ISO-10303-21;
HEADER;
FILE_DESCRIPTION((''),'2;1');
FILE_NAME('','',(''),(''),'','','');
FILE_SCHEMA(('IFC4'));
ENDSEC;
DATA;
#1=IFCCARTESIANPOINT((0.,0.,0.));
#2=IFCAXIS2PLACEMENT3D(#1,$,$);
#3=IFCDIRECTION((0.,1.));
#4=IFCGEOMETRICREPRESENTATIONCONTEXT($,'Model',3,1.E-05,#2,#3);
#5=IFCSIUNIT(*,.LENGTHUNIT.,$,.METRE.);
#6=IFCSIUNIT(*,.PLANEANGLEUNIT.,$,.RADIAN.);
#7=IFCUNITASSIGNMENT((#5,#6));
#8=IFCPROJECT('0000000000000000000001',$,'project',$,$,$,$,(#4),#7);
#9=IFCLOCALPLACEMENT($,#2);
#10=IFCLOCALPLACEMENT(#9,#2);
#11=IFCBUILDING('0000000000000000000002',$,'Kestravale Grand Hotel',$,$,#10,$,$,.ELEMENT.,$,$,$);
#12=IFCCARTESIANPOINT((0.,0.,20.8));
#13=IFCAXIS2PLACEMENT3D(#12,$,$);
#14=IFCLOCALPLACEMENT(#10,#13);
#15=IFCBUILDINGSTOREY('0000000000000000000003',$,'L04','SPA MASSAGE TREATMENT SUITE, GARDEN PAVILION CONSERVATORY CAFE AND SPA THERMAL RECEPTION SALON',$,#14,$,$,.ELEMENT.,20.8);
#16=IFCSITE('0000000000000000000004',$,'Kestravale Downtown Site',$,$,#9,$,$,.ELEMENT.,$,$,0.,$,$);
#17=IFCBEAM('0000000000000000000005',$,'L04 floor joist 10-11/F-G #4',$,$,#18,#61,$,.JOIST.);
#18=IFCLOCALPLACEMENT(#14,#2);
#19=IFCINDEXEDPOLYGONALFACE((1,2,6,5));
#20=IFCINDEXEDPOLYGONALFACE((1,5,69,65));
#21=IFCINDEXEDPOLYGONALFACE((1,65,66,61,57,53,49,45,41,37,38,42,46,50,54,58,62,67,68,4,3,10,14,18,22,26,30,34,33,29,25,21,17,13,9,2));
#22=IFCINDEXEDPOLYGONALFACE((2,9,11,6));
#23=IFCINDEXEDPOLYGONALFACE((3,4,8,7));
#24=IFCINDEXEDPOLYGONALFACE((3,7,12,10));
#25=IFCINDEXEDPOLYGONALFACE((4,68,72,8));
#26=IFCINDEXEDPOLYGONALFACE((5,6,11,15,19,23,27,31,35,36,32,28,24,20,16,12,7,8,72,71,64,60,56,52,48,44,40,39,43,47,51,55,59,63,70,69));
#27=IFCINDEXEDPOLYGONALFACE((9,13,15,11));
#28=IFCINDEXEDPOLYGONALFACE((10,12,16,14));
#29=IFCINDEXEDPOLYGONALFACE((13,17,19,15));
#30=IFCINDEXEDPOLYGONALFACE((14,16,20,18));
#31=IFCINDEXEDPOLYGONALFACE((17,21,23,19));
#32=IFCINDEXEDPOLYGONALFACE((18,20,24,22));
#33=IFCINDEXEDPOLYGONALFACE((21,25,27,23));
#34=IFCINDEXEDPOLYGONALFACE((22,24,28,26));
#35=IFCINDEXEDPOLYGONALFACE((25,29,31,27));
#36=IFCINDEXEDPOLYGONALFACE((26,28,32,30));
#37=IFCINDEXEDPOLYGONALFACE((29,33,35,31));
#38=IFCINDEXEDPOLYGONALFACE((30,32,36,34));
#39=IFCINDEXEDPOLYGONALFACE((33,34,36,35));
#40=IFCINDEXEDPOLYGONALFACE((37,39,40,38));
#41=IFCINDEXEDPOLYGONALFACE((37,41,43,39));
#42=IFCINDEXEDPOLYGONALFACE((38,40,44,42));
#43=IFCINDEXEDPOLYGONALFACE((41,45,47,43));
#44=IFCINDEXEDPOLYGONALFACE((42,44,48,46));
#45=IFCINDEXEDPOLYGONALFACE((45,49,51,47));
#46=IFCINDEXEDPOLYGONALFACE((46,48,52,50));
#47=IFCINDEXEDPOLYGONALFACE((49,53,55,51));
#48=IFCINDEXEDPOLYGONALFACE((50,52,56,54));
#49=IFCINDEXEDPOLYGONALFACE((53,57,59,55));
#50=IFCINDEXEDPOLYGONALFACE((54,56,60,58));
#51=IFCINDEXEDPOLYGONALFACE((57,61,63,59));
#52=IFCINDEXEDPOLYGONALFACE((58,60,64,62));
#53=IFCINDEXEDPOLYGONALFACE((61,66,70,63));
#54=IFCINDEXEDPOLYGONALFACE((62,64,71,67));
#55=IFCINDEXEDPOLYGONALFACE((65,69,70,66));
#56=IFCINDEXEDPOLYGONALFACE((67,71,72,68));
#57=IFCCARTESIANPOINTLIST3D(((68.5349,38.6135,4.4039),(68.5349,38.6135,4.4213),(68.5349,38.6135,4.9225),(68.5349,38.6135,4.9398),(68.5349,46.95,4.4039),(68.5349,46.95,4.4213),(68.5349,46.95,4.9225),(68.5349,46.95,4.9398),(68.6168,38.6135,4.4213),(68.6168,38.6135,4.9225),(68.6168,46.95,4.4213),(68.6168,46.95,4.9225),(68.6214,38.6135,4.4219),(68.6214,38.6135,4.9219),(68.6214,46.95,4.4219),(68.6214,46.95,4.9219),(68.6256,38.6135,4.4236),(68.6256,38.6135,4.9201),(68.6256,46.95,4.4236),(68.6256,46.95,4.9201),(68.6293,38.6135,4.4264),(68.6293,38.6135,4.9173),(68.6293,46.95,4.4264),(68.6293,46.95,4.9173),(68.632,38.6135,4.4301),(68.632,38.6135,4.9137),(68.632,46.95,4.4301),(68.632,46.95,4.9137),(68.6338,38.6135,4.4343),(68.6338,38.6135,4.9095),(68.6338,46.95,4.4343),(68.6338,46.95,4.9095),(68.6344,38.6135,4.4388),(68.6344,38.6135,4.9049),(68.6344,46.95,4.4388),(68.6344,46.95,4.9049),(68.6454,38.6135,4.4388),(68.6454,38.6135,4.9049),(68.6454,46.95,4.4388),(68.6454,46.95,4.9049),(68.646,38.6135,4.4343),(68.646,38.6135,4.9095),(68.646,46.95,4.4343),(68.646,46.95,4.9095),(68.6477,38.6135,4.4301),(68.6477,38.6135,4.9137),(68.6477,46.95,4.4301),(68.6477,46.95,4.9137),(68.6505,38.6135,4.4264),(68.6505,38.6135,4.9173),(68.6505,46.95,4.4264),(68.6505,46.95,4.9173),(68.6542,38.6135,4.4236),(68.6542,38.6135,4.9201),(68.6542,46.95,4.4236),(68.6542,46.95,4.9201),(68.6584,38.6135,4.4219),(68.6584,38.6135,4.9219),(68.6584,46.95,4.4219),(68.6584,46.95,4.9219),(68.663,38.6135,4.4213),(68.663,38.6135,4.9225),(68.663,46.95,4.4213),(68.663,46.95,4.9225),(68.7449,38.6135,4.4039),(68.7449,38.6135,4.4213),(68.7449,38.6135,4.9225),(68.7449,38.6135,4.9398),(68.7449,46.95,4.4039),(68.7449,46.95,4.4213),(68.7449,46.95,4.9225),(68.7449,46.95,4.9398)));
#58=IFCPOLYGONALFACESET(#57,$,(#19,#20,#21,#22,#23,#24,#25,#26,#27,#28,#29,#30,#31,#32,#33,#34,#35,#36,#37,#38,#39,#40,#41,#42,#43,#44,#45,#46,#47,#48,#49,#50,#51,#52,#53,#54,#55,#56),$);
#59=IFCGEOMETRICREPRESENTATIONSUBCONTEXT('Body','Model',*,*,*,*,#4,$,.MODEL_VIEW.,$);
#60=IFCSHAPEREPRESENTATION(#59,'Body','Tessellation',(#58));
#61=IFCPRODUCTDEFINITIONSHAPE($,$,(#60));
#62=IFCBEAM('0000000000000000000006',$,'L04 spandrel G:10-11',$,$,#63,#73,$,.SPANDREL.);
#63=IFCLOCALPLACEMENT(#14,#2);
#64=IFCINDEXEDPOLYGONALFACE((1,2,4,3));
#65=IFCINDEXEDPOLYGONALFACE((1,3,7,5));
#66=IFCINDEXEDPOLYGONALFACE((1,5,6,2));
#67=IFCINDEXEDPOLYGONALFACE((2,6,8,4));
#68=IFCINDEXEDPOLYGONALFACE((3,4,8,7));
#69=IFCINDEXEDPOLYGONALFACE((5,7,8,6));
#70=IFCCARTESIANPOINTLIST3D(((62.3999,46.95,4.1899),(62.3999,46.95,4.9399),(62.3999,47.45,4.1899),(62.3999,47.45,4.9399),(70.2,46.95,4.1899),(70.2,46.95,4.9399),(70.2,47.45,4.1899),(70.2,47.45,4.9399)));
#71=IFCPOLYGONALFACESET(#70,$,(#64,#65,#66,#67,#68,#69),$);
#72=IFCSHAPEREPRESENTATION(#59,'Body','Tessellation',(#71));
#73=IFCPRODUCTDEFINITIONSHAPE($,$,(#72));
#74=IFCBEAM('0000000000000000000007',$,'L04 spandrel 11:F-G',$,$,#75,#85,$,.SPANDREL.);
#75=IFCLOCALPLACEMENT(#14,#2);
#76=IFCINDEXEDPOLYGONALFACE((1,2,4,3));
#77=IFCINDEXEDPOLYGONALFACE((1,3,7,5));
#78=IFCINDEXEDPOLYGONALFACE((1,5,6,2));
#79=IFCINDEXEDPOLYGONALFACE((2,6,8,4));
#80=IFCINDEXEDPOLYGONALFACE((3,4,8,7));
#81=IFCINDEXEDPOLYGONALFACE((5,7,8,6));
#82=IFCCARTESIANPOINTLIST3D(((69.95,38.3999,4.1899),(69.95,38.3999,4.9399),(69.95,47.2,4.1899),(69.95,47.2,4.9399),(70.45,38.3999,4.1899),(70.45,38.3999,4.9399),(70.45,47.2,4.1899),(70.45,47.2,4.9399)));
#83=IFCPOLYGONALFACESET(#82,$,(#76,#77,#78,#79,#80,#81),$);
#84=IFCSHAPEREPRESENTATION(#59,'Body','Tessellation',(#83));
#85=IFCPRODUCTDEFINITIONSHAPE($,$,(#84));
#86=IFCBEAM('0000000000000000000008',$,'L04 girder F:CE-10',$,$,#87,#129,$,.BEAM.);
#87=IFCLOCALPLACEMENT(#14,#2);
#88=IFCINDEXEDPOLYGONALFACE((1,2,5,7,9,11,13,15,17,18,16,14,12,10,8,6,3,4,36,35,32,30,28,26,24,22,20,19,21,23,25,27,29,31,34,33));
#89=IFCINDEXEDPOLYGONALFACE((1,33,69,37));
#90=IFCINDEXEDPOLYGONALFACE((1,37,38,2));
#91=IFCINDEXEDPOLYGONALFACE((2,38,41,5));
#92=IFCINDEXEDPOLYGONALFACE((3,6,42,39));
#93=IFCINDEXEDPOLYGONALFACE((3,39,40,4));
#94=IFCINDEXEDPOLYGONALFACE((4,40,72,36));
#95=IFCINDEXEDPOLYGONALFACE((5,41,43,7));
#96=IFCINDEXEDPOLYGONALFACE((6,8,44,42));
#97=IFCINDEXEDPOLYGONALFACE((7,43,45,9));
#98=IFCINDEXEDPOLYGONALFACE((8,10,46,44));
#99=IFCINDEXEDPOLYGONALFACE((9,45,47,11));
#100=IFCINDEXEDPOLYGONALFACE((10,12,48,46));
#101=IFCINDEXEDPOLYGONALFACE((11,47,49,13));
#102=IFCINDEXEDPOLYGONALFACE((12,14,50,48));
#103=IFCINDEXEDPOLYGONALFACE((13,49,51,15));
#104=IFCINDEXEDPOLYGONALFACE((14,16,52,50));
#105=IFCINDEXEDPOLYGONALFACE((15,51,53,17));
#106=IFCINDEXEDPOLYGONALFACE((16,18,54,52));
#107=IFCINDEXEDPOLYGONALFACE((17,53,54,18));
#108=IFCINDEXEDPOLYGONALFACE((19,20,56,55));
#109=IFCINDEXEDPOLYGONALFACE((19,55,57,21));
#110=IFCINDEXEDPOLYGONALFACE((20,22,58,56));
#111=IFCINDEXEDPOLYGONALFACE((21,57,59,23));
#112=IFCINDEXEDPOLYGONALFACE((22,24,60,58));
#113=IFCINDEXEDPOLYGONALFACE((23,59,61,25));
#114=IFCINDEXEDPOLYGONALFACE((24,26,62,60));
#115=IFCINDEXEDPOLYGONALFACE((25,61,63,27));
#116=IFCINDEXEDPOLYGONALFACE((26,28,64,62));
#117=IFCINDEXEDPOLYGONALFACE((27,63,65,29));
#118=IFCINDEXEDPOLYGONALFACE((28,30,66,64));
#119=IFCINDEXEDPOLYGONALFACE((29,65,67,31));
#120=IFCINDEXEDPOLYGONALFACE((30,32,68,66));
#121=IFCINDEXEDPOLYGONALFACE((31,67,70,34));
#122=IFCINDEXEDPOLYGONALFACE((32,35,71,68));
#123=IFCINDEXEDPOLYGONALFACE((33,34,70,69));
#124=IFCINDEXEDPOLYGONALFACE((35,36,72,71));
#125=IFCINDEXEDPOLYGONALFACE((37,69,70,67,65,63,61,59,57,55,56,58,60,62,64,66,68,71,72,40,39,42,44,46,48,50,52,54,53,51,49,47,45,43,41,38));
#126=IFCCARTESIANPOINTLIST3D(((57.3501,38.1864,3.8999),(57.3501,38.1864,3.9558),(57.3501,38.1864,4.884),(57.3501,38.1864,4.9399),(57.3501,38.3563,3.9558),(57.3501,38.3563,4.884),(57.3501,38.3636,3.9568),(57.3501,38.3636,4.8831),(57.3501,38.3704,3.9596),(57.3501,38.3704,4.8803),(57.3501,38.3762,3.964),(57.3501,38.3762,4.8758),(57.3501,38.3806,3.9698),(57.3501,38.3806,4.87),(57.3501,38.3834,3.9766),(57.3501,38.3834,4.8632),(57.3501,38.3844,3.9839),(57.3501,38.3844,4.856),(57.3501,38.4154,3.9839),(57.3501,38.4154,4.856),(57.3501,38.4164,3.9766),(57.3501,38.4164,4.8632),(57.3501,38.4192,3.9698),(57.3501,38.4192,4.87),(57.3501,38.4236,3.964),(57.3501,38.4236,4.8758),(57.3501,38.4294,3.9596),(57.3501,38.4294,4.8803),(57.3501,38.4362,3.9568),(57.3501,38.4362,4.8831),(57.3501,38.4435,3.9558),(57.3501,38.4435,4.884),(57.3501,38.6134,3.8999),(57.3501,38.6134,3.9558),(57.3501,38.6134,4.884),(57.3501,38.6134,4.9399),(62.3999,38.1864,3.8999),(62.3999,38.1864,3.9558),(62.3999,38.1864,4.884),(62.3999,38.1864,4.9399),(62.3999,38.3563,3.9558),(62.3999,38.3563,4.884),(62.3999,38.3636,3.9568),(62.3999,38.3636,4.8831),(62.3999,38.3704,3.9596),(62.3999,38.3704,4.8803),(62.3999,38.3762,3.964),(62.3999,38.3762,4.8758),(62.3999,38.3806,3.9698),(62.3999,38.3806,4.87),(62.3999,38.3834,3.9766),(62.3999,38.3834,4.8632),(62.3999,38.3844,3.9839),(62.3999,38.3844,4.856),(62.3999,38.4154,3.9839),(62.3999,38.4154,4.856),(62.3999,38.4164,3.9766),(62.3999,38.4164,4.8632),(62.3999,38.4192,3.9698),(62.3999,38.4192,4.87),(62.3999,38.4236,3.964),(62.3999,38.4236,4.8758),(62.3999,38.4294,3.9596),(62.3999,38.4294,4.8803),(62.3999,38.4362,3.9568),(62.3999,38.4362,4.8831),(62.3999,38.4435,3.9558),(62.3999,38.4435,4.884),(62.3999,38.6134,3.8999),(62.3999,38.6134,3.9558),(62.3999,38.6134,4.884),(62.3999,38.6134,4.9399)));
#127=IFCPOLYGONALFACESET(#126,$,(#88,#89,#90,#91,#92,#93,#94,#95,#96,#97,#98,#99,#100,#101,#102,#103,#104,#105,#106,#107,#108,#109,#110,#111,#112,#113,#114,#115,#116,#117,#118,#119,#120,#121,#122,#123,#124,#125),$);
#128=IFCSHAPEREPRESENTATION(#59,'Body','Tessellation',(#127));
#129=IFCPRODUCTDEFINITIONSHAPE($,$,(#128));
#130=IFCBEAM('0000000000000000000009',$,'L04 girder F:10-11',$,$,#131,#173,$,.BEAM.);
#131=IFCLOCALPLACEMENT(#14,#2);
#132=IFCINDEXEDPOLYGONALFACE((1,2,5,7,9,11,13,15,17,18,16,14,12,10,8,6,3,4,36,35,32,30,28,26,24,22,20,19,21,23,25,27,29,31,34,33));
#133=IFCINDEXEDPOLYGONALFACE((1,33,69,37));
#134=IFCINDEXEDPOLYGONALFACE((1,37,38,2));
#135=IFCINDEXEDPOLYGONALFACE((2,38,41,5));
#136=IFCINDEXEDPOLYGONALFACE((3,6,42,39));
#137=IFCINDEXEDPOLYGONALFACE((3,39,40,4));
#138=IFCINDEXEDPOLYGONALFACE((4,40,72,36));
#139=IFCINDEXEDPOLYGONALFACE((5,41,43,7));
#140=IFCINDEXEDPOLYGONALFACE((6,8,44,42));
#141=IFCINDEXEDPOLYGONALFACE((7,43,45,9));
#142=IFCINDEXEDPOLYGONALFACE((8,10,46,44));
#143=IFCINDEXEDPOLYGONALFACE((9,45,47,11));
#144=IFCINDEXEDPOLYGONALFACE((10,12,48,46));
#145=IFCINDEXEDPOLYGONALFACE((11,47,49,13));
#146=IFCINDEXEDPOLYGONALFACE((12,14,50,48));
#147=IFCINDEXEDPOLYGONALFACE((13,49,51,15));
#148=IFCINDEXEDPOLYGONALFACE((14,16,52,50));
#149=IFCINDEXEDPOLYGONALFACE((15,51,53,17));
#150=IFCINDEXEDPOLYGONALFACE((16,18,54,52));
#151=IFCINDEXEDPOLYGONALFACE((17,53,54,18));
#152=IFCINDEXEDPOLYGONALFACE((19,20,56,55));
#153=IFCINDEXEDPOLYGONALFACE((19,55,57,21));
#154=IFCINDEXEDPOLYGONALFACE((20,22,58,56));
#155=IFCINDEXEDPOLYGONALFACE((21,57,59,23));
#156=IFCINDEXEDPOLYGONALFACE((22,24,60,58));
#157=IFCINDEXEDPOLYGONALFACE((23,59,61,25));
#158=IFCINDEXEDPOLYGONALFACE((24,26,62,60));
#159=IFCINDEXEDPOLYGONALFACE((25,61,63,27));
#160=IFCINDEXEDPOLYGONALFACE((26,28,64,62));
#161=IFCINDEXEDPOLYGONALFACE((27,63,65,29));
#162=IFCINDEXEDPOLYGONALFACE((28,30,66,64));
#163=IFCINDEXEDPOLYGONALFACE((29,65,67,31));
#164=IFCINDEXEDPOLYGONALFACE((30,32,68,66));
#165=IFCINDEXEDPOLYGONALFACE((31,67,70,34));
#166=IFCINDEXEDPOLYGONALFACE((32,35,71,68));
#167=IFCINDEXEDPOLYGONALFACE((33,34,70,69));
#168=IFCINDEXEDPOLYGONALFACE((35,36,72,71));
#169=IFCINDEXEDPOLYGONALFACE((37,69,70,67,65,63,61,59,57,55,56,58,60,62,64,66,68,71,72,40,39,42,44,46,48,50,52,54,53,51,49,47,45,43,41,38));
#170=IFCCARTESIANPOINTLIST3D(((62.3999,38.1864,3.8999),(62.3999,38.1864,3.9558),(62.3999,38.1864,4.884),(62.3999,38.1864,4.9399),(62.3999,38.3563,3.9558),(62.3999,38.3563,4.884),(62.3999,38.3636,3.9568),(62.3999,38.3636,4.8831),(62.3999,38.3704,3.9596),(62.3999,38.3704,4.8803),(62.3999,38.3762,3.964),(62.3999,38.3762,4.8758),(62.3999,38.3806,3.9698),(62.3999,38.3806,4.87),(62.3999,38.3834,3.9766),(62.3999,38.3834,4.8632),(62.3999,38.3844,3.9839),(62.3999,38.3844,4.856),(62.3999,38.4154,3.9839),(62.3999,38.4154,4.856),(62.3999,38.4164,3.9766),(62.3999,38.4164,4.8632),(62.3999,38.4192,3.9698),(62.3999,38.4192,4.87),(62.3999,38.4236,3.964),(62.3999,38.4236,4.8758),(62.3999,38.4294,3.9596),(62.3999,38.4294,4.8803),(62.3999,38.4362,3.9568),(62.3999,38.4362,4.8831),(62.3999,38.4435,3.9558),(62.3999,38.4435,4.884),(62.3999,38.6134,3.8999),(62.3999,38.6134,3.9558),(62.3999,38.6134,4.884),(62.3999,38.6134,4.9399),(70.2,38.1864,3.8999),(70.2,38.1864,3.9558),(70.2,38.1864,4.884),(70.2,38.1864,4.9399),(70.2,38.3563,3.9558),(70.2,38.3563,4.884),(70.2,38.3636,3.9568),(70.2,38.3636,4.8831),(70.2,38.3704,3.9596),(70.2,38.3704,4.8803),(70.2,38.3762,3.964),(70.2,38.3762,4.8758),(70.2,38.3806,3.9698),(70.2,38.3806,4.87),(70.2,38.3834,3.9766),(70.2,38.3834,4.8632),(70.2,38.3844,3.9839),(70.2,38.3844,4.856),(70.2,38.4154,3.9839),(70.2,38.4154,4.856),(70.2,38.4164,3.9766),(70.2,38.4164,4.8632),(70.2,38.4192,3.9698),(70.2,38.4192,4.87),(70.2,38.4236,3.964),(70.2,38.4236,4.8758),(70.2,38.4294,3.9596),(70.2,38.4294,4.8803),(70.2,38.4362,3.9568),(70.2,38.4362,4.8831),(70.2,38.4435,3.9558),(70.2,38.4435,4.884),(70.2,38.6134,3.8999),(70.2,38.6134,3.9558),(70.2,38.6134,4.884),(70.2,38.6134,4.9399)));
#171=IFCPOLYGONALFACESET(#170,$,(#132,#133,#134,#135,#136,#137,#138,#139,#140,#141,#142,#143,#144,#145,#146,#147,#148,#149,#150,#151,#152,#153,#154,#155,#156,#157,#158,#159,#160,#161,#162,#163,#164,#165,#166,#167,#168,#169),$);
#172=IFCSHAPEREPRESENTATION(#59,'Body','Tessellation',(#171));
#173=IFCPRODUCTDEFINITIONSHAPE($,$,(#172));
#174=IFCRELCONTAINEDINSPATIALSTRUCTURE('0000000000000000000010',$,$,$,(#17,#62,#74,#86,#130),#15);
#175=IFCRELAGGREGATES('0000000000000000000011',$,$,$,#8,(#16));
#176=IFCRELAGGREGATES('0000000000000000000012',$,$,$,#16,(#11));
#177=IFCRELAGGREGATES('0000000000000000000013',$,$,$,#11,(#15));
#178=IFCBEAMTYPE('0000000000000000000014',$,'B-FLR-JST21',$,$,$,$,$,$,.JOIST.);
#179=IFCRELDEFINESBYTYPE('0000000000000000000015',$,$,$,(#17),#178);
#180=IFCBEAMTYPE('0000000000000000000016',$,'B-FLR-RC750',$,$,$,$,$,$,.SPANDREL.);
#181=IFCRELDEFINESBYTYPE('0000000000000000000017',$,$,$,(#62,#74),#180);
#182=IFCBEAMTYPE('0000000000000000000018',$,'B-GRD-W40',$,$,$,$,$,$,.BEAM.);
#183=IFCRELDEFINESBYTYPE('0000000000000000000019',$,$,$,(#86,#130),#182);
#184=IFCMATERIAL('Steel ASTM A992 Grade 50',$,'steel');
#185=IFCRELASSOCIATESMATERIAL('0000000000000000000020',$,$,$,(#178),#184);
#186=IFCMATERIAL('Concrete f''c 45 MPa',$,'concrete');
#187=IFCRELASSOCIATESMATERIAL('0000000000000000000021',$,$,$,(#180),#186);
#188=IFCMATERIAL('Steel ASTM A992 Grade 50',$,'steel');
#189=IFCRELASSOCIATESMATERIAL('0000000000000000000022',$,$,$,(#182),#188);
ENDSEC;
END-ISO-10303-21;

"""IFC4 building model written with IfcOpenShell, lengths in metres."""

from ifc_helpers import new_model, si_unit, direction, frame, origin, origin_2d, place, context, subcontext, project, spatial, rectangle, i_section, extrude, material, material_profile, profile_set, type_object, element, save


model = new_model("IFC4")

# Units and contexts
model_context = context("Model", 3, precision=1e-05, world=origin(), true_north=direction((0.0, 1.0)))
body_context = subcontext(model_context, "Body", "Model", "MODEL_VIEW")
ifc_project = project(units=[si_unit("LENGTHUNIT", "METRE"), si_unit("PLANEANGLEUNIT", "RADIAN")], contexts=[model_context])

# Site, building, storey
site_placement = place(None, origin())
site = spatial("IfcSite", under=ifc_project, at=site_placement, Name="Kestravale Downtown Site", CompositionType="ELEMENT", RefElevation=0.0)
building_placement = place(site_placement, origin())
building = spatial("IfcBuilding", under=site, at=building_placement, Name="Kestravale Grand Hotel", CompositionType="ELEMENT")
storey_placement = place(building_placement, frame((0.0, 0.0, 20.8)))
storey = spatial("IfcBuildingStorey", under=building, at=storey_placement, Name="L04", Description="SPA MASSAGE TREATMENT SUITE, GARDEN PAVILION CONSERVATORY CAFE AND SPA THERMAL RECEPTION SALON", CompositionType="ELEMENT", Elevation=20.8)

# Beams
ifc_material_1 = material(Name="Steel ASTM A992 Grade 50", Category="steel")
ifc_material_profile_1 = material_profile(ifc_material_1, i_section(OverallWidth=0.21, OverallDepth=0.5359, WebThickness=0.011, FlangeThickness=0.0173, FilletRadius=0.0176, at=origin_2d()))
ifc_profile_set_1 = profile_set([ifc_material_profile_1], Name="Steel ASTM A992 Grade 50")
beam_type_1 = type_object("IfcBeamType", Name="B-FLR-JST21", PredefinedType="JOIST", material=ifc_profile_set_1)
for number, where, z_axis, x_axis, name in (
    (1, (68.6399, 38.6135, 4.6719), (0.0, 1.0, 0.0), (-1.0, 0.0, 0.0), "L04 floor joist 10-11/F-G #4"),
):
    element("IfcBeam", number, at=place(storey_placement, frame(where, z_axis=z_axis, x_axis=x_axis)), inside=storey, type_object=beam_type_1, Name=name, PredefinedType="JOIST", context=body_context, shape_type="SweptSolid", body=[
        extrude(i_section(OverallWidth=0.21, OverallDepth=0.5359, WebThickness=0.011, FlangeThickness=0.0173, FilletRadius=0.0176, at=origin_2d()), origin(), (0.0, 0.0, 1.0), 8.3364),
    ])
ifc_material_2 = material(Name="Concrete f'c 45 MPa", Category="concrete")
ifc_material_profile_2 = material_profile(ifc_material_2, rectangle(XDim=0.5, YDim=0.75, at=origin_2d()))
ifc_profile_set_2 = profile_set([ifc_material_profile_2], Name="Concrete f'c 45 MPa")
beam_type_2 = type_object("IfcBeamType", Name="B-FLR-RC750", PredefinedType="SPANDREL", material=ifc_profile_set_2)
beam_1_placement = place(storey_placement, frame((62.3999, 47.2, 4.5649), z_axis=(1.0, 0.0, 0.0), x_axis=(0.0, 1.0, 0.0)))
element("IfcBeam", 2, at=beam_1_placement, inside=storey, type_object=beam_type_2, Name="L04 spandrel G:10-11", PredefinedType="SPANDREL", context=body_context, shape_type="SweptSolid", body=[
    extrude(rectangle(XDim=0.5, YDim=0.75, at=origin_2d()), origin(), (0.0, 0.0, 1.0), 7.8),
])
beam_2_placement = place(storey_placement, frame((70.2, 38.3999, 4.5649), z_axis=(0.0, 1.0, 0.0), x_axis=(-1.0, 0.0, 0.0)))
element("IfcBeam", 3, at=beam_2_placement, inside=storey, type_object=beam_type_2, Name="L04 spandrel 11:F-G", PredefinedType="SPANDREL", context=body_context, shape_type="SweptSolid", body=[
    extrude(rectangle(XDim=0.5, YDim=0.75, at=origin_2d()), origin(), (0.0, 0.0, 1.0), 8.8),
])
ifc_material_3 = material(Name="Steel ASTM A992 Grade 50", Category="steel")
ifc_material_profile_3 = material_profile(ifc_material_3, i_section(OverallWidth=0.427, OverallDepth=1.04, WebThickness=0.031, FlangeThickness=0.0559, FilletRadius=0.0281, at=origin_2d()))
ifc_profile_set_3 = profile_set([ifc_material_profile_3], Name="Steel ASTM A992 Grade 50")
beam_type_3 = type_object("IfcBeamType", Name="B-GRD-W40", PredefinedType="BEAM", material=ifc_profile_set_3)
beam_3_placement = place(storey_placement, frame((57.3501, 38.3999, 4.4199), z_axis=(1.0, 0.0, 0.0), x_axis=(0.0, 1.0, 0.0)))
element("IfcBeam", 4, at=beam_3_placement, inside=storey, type_object=beam_type_3, Name="L04 girder F:CE-10", PredefinedType="BEAM", context=body_context, shape_type="SweptSolid", body=[
    extrude(i_section(OverallWidth=0.427, OverallDepth=1.04, WebThickness=0.031, FlangeThickness=0.0559, FilletRadius=0.0281, at=origin_2d()), origin(), (0.0, 0.0, 1.0), 5.0498),
])
beam_4_placement = place(storey_placement, frame((62.3999, 38.3999, 4.4199), z_axis=(1.0, 0.0, 0.0), x_axis=(0.0, 1.0, 0.0)))
element("IfcBeam", 5, at=beam_4_placement, inside=storey, type_object=beam_type_3, Name="L04 girder F:10-11", PredefinedType="BEAM", context=body_context, shape_type="SweptSolid", body=[
    extrude(i_section(OverallWidth=0.427, OverallDepth=1.04, WebThickness=0.031, FlangeThickness=0.0559, FilletRadius=0.0281, at=origin_2d()), origin(), (0.0, 0.0, 1.0), 7.8),
])

save(model, "model.ifc")
